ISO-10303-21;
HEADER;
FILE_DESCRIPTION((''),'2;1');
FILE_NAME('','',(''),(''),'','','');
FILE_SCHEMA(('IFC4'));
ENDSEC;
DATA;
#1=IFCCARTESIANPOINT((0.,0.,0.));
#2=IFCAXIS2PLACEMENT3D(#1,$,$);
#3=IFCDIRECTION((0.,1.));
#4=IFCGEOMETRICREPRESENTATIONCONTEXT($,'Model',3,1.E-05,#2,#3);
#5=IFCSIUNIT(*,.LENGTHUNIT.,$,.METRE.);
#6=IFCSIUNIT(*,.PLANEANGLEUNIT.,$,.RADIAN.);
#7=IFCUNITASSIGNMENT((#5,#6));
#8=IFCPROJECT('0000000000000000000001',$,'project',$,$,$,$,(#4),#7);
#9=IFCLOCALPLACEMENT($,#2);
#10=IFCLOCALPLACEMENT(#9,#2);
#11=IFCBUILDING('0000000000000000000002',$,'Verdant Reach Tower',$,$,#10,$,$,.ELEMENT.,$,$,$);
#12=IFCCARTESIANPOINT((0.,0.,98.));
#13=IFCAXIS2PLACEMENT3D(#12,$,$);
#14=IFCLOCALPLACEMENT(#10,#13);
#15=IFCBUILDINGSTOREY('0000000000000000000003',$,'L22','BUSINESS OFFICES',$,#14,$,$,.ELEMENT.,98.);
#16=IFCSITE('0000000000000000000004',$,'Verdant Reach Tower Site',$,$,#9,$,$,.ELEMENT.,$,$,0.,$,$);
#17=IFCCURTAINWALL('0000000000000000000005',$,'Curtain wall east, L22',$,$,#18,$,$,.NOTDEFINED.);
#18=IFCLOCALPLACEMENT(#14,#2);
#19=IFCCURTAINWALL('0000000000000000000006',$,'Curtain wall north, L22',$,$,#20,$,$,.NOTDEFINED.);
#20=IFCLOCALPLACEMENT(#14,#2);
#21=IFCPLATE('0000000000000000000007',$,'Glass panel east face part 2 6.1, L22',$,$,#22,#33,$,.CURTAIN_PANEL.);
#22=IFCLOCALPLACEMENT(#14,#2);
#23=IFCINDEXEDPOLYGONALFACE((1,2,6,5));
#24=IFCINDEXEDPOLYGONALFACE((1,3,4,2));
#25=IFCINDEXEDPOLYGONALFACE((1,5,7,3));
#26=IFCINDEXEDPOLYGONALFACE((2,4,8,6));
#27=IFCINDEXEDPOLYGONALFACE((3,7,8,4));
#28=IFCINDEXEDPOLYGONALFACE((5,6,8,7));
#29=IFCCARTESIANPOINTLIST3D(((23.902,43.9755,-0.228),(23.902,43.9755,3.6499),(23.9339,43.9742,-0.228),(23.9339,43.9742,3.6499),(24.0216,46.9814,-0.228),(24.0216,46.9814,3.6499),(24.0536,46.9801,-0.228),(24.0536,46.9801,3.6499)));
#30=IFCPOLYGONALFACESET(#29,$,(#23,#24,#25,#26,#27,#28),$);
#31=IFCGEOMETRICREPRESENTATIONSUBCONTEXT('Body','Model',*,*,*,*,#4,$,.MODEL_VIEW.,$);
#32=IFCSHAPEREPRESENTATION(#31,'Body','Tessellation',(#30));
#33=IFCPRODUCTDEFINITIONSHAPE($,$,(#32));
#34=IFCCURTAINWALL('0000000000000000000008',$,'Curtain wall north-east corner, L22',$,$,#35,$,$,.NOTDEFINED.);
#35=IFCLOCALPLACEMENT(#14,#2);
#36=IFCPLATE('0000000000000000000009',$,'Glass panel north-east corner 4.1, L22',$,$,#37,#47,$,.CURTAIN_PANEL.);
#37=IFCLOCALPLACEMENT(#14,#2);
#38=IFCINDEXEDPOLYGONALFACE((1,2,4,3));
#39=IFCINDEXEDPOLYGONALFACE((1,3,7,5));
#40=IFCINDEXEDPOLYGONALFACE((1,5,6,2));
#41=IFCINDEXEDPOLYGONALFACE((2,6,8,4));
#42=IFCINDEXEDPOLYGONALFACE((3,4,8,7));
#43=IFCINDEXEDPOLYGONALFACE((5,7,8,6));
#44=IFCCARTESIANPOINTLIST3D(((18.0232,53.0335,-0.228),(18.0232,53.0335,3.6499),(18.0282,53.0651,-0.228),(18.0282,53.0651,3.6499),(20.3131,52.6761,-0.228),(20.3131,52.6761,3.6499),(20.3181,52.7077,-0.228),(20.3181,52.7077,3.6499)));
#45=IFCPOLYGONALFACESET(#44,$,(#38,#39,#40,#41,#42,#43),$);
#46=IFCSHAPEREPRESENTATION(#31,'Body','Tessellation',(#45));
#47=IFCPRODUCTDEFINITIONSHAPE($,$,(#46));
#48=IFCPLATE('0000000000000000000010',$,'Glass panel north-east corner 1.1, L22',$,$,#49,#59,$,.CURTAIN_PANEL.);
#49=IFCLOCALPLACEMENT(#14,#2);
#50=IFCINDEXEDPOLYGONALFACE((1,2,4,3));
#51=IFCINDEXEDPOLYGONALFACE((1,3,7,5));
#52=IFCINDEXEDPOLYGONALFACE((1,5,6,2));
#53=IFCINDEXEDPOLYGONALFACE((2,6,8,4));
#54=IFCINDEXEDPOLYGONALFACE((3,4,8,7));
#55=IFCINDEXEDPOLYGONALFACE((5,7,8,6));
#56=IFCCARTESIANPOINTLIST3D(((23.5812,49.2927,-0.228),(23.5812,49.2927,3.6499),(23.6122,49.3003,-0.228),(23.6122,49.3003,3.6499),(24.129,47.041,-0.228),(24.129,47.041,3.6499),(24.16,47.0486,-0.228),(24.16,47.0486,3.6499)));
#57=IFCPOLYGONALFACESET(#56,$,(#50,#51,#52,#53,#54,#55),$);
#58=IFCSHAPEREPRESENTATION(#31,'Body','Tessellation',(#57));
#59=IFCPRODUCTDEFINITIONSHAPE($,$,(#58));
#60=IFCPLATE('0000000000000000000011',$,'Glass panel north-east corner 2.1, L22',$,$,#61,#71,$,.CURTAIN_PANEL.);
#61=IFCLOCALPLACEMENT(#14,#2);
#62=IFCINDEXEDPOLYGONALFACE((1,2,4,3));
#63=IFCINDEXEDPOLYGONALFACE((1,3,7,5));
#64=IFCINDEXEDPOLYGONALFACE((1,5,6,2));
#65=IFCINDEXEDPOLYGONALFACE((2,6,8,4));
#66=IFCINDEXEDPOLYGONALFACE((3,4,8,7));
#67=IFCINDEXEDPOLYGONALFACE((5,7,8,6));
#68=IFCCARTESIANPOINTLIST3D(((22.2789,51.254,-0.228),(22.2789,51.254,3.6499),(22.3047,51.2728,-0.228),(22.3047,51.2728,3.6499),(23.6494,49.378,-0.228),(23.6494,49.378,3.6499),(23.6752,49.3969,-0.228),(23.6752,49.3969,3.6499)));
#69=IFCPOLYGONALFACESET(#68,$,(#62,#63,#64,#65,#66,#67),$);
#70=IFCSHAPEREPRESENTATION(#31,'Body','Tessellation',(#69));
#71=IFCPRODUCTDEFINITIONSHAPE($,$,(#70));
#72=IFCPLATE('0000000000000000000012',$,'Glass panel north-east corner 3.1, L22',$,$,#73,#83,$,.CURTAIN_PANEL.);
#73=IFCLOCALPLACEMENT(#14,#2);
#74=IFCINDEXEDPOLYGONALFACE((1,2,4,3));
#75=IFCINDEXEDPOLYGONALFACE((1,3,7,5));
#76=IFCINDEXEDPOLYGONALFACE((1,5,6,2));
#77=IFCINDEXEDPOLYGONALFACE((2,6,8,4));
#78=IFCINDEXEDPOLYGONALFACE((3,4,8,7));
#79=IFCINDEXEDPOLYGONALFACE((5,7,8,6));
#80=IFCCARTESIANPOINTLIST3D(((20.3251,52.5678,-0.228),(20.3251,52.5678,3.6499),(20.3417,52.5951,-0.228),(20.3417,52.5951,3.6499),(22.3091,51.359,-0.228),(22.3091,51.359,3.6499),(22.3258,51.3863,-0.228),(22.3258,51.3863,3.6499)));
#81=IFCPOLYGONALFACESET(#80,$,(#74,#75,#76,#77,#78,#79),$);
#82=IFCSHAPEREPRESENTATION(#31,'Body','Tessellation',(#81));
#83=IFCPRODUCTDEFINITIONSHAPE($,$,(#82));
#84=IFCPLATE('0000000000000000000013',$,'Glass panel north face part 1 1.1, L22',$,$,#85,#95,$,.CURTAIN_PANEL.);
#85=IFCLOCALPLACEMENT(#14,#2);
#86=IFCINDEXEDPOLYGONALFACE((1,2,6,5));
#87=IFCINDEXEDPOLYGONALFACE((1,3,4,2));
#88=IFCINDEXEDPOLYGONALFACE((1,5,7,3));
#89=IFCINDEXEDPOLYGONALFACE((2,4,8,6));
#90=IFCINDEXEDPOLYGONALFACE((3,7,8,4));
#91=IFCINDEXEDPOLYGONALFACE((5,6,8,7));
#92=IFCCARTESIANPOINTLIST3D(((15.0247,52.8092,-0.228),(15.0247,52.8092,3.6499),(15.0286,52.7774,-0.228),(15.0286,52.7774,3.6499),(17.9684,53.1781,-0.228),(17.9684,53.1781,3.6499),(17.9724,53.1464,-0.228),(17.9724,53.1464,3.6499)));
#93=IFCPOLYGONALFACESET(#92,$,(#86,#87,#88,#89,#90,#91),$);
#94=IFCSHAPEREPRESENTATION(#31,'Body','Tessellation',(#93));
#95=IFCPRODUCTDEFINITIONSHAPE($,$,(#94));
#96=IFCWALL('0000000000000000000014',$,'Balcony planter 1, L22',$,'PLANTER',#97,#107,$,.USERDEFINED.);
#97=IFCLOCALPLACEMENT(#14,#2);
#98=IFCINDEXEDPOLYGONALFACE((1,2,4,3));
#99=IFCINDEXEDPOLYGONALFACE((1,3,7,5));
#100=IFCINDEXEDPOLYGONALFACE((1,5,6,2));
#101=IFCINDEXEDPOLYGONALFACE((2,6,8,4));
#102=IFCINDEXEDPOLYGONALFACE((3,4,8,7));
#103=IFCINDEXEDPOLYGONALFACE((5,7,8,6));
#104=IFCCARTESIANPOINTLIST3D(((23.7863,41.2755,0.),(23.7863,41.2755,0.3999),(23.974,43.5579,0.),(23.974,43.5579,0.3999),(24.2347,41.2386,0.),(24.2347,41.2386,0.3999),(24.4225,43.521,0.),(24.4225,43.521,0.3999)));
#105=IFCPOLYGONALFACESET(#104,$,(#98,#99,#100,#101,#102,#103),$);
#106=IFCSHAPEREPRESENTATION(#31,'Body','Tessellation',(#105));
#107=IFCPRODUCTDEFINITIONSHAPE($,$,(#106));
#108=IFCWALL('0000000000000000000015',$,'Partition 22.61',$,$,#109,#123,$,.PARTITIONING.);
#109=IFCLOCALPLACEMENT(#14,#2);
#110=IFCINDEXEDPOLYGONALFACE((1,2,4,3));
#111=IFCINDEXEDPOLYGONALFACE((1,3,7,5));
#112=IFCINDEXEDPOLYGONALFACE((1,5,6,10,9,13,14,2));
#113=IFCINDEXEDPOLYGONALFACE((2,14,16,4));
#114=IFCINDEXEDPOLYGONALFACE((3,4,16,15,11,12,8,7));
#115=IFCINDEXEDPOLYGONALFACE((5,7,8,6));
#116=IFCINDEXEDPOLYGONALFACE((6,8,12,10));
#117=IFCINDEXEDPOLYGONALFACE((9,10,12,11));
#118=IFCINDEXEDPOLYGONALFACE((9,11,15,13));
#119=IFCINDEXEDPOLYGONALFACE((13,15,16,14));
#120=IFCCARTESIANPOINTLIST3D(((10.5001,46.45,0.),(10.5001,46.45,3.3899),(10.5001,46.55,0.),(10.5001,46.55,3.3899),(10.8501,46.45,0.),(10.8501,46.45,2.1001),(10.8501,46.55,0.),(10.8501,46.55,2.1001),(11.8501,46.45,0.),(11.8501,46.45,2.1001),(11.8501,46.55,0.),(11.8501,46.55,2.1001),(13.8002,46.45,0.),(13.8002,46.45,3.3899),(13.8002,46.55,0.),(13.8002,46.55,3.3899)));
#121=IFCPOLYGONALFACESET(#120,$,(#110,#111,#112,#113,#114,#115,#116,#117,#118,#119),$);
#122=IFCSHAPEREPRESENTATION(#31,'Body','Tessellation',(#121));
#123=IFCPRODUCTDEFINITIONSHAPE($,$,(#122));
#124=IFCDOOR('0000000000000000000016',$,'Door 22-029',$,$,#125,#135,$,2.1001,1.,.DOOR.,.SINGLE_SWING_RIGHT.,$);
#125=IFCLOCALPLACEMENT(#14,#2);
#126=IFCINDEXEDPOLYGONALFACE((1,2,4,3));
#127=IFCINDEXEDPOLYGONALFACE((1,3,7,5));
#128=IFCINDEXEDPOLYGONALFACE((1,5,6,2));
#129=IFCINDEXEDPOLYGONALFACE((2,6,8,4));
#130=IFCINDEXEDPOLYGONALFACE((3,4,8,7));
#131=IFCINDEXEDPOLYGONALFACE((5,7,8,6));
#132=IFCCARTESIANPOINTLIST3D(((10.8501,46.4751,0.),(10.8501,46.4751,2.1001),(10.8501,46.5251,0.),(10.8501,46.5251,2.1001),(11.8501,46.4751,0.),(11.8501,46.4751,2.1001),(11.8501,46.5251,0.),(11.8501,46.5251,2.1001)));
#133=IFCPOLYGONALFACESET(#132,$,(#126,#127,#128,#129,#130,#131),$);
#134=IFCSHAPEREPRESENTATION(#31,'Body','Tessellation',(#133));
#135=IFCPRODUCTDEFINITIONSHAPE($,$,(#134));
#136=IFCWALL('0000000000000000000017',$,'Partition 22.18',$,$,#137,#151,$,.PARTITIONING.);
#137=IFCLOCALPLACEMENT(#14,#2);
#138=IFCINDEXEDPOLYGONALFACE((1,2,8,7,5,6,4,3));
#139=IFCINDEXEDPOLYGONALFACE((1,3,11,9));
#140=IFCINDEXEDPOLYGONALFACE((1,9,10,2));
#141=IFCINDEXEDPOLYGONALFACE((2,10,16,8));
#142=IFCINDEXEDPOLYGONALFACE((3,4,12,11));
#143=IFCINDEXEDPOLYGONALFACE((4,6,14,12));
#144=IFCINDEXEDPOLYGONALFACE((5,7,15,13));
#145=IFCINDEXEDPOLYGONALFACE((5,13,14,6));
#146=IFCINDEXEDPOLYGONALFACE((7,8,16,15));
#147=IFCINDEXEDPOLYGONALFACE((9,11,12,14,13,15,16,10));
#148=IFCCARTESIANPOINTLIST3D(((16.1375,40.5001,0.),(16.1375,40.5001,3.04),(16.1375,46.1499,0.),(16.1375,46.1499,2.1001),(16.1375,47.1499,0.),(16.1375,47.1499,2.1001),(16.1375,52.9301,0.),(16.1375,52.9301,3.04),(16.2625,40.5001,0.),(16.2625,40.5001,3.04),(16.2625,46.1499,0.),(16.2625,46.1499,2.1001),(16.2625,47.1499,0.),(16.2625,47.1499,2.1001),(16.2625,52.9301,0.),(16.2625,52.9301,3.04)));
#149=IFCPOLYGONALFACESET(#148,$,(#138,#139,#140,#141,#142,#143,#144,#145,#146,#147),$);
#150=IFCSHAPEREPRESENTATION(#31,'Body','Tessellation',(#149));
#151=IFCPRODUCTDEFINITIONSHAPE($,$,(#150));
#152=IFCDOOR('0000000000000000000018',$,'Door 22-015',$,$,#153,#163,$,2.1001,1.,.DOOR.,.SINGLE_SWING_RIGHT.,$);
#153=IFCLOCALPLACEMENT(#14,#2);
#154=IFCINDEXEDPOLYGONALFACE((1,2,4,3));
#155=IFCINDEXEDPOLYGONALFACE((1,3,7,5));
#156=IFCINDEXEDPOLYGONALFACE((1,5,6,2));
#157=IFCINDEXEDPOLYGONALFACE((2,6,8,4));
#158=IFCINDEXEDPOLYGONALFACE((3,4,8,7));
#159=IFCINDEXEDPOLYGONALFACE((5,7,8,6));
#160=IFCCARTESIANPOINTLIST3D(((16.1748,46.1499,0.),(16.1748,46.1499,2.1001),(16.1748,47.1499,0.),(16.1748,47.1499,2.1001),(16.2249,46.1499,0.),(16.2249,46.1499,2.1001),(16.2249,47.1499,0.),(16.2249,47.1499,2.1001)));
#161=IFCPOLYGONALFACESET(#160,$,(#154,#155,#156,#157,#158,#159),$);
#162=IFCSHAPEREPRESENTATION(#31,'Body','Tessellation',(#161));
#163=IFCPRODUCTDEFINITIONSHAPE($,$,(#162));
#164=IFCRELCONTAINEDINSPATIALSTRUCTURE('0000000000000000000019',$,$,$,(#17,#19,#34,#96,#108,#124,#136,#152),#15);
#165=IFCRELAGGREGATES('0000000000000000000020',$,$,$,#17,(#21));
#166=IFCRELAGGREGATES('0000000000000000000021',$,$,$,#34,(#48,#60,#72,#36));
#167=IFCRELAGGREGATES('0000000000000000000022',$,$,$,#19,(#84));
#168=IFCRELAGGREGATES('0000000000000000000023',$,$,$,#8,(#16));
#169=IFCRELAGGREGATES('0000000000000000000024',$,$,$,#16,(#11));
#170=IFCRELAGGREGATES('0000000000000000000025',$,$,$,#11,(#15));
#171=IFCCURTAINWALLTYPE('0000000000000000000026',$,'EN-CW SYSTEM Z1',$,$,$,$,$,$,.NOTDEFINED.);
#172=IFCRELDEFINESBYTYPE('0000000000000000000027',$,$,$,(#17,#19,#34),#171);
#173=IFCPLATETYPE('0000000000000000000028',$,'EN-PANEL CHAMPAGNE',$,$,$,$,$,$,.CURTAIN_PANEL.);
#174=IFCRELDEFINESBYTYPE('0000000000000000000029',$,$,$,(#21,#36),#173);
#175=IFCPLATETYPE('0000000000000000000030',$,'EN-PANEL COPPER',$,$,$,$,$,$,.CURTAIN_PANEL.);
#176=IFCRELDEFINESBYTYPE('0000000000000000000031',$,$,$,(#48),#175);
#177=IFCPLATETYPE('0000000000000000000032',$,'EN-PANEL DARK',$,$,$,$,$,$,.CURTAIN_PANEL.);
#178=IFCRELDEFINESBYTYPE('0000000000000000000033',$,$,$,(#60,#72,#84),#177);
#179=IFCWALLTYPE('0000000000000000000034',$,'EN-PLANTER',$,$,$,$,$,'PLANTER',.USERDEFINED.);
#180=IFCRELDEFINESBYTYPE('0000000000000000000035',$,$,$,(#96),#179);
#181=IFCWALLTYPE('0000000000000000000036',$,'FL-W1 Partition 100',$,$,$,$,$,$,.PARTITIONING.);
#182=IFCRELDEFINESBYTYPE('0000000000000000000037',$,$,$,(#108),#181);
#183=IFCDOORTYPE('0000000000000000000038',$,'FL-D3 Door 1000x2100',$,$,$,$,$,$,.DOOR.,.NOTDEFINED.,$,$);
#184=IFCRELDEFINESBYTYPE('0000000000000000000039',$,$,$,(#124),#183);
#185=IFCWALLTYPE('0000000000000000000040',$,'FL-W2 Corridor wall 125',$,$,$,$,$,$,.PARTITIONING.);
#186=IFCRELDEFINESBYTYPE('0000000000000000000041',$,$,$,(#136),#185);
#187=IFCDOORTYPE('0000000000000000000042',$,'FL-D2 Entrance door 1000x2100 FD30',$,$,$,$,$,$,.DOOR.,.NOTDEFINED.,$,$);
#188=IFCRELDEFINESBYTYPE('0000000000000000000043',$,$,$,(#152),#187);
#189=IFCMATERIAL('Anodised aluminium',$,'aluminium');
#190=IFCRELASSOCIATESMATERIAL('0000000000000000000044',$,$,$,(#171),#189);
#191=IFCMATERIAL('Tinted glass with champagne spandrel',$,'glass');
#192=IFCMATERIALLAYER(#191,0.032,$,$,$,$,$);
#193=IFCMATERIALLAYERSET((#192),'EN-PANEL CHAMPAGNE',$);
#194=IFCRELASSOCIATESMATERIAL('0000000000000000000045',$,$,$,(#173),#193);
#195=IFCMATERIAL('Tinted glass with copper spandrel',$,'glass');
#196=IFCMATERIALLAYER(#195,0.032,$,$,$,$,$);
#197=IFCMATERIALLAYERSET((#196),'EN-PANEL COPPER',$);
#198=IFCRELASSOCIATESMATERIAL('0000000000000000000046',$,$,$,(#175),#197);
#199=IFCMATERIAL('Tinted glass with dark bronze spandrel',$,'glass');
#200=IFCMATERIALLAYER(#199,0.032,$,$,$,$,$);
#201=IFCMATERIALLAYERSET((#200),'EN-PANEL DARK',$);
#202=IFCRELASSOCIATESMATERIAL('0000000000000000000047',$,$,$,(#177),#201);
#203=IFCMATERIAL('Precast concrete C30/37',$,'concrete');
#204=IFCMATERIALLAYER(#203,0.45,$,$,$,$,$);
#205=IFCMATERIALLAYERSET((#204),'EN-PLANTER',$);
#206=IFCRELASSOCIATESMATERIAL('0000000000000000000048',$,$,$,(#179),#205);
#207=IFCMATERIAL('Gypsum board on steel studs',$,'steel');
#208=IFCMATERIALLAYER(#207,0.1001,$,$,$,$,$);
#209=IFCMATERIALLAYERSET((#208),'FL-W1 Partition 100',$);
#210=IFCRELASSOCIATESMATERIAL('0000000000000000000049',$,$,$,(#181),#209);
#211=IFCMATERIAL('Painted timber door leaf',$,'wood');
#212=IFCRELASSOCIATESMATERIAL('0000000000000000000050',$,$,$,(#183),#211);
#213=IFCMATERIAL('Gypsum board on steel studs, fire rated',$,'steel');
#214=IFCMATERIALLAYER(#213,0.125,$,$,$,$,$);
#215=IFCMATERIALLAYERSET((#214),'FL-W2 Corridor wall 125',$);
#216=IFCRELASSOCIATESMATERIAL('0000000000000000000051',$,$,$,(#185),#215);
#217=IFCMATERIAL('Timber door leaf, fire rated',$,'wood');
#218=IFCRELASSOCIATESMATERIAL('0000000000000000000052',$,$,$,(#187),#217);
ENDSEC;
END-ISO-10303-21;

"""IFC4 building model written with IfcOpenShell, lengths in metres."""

from ifc_helpers import new_model, si_unit, direction, frame, frame_2d, origin, origin_2d, place, context, subcontext, project, spatial, rectangle, extrude, material, layer, layer_set, type_object, element, fill, aggregate, save


model = new_model("IFC4")

# Units and contexts
model_context = context("Model", 3, precision=1e-05, world=origin(), true_north=direction((0.0, 1.0)))
body_context = subcontext(model_context, "Body", "Model", "MODEL_VIEW")
ifc_project = project(units=[si_unit("LENGTHUNIT", "METRE"), si_unit("PLANEANGLEUNIT", "RADIAN")], contexts=[model_context])

# Site, building, storey
site_placement = place(None, origin())
site = spatial("IfcSite", under=ifc_project, at=site_placement, Name="Verdant Reach Tower Site", CompositionType="ELEMENT", RefElevation=0.0)
building_placement = place(site_placement, origin())
building = spatial("IfcBuilding", under=site, at=building_placement, Name="Verdant Reach Tower", CompositionType="ELEMENT")
storey_placement = place(building_placement, frame((0.0, 0.0, 98.0)))
storey = spatial("IfcBuildingStorey", under=building, at=storey_placement, Name="L22", Description="BUSINESS OFFICES", CompositionType="ELEMENT", Elevation=98.0)

# Curtain walls
ifc_material_1 = material(Name="Anodised aluminium", Category="aluminium")
curtain_wall_type = type_object("IfcCurtainWallType", Name="EN-CW SYSTEM Z1", PredefinedType="NOTDEFINED", material=ifc_material_1)
curtain_wall_1_placement = place(storey_placement, origin())
curtain_wall_1 = element("IfcCurtainWall", 1, at=curtain_wall_1_placement, inside=storey, type_object=curtain_wall_type, Name="Curtain wall east, L22", PredefinedType="NOTDEFINED")
curtain_wall_2_placement = place(storey_placement, origin())
curtain_wall_2 = element("IfcCurtainWall", 2, at=curtain_wall_2_placement, inside=storey, type_object=curtain_wall_type, Name="Curtain wall north, L22", PredefinedType="NOTDEFINED")

# Plate
ifc_material_2 = material(Name="Tinted glass with champagne spandrel", Category="glass")
ifc_layer_1 = layer(ifc_material_2, 0.032)
ifc_layer_set_1 = layer_set([ifc_layer_1], Name="EN-PANEL CHAMPAGNE")
plate_type_1 = type_object("IfcPlateType", Name="EN-PANEL CHAMPAGNE", PredefinedType="CURTAIN_PANEL", material=ifc_layer_set_1)
plate_1_placement = place(storey_placement, frame((23.9778, 45.4778, -0.228), z_axis=(0.0, 0.0, 1.0), x_axis=(0.039784, 0.999208, 0.0)))
plate_1 = element("IfcPlate", 3, at=plate_1_placement, type_object=plate_type_1, Name="Glass panel east face part 2 6.1, L22", PredefinedType="CURTAIN_PANEL", context=body_context, shape_type="SweptSolid", body=[
    extrude(rectangle(XDim=3.0083, YDim=0.032, at=origin_2d()), origin(), (0.0, 0.0, 1.0), 3.8779),
])
aggregate(curtain_wall_1, [plate_1])

# Curtain wall, plates
curtain_wall_3_placement = place(storey_placement, origin())
curtain_wall_3 = element("IfcCurtainWall", 4, at=curtain_wall_3_placement, inside=storey, type_object=curtain_wall_type, Name="Curtain wall north-east corner, L22", PredefinedType="NOTDEFINED")
plate_2_placement = place(storey_placement, frame((19.1707, 52.8706, -0.228), z_axis=(0.0, 0.0, 1.0), x_axis=(-0.988033, 0.154245, 0.0)))
plate_2 = element("IfcPlate", 5, at=plate_2_placement, type_object=plate_type_1, Name="Glass panel north-east corner 4.1, L22", PredefinedType="CURTAIN_PANEL", context=body_context, shape_type="SweptSolid", body=[
    extrude(rectangle(XDim=2.3176, YDim=0.032, at=origin_2d()), origin(), (0.0, 0.0, 1.0), 3.8779),
])
ifc_material_3 = material(Name="Tinted glass with copper spandrel", Category="glass")
ifc_layer_2 = layer(ifc_material_3, 0.032)
ifc_layer_set_2 = layer_set([ifc_layer_2], Name="EN-PANEL COPPER")
plate_type_2 = type_object("IfcPlateType", Name="EN-PANEL COPPER", PredefinedType="CURTAIN_PANEL", material=ifc_layer_set_2)
plate_3_placement = place(storey_placement, frame((23.8706, 48.1707, -0.228), z_axis=(0.0, 0.0, 1.0), x_axis=(-0.236383, 0.97166, 0.0)))
plate_3 = element("IfcPlate", 6, at=plate_3_placement, type_object=plate_type_2, Name="Glass panel north-east corner 1.1, L22", PredefinedType="CURTAIN_PANEL", context=body_context, shape_type="SweptSolid", body=[
    extrude(rectangle(XDim=2.3174, YDim=0.032, at=origin_2d()), origin(), (0.0, 0.0, 1.0), 3.8779),
])
ifc_material_4 = material(Name="Tinted glass with dark bronze spandrel", Category="glass")
ifc_layer_3 = layer(ifc_material_4, 0.032)
ifc_layer_set_3 = layer_set([ifc_layer_3], Name="EN-PANEL DARK")
plate_type_3 = type_object("IfcPlateType", Name="EN-PANEL DARK", PredefinedType="CURTAIN_PANEL", material=ifc_layer_set_3)
plate_4_placement = place(storey_placement, frame((22.9771, 50.3254, -0.228), z_axis=(0.0, 0.0, 1.0), x_axis=(-0.589927, 0.807457, 0.0)))
plate_4 = element("IfcPlate", 7, at=plate_4_placement, type_object=plate_type_3, Name="Glass panel north-east corner 2.1, L22", PredefinedType="CURTAIN_PANEL", context=body_context, shape_type="SweptSolid", body=[
    extrude(rectangle(XDim=2.3232, YDim=0.032, at=origin_2d()), origin(), (0.0, 0.0, 1.0), 3.8779),
])
plate_5_placement = place(storey_placement, frame((21.3254, 51.9771, -0.228), z_axis=(0.0, 0.0, 1.0), x_axis=(-0.853989, 0.520292, 0.0)))
plate_5 = element("IfcPlate", 8, at=plate_5_placement, type_object=plate_type_3, Name="Glass panel north-east corner 3.1, L22", PredefinedType="CURTAIN_PANEL", context=body_context, shape_type="SweptSolid", body=[
    extrude(rectangle(XDim=2.3232, YDim=0.032, at=origin_2d()), origin(), (0.0, 0.0, 1.0), 3.8779),
])
aggregate(curtain_wall_3, [plate_3, plate_4, plate_5, plate_2])

# Plate
plate_6_placement = place(storey_placement, frame((16.4985, 52.9778, -0.228), z_axis=(0.0, 0.0, 1.0), x_axis=(-0.992235, -0.124374, 0.0)))
plate_6 = element("IfcPlate", 9, at=plate_6_placement, type_object=plate_type_3, Name="Glass panel north face part 1 1.1, L22", PredefinedType="CURTAIN_PANEL", context=body_context, shape_type="SweptSolid", body=[
    extrude(rectangle(XDim=2.9668, YDim=0.032, at=origin_2d()), origin(), (0.0, 0.0, 1.0), 3.8779),
])
aggregate(curtain_wall_2, [plate_6])

# Wall
ifc_material_5 = material(Name="Precast concrete C30/37", Category="concrete")
ifc_layer_4 = layer(ifc_material_5, 0.45)
ifc_layer_set_4 = layer_set([ifc_layer_4], Name="EN-PLANTER")
wall_type_1 = type_object("IfcWallType", Name="EN-PLANTER", ElementType="PLANTER", PredefinedType="USERDEFINED", material=ifc_layer_set_4)
wall_1_placement = place(storey_placement, frame((24.0105, 41.2571, 0.0), z_axis=(0.0, 0.0, 1.0), x_axis=(0.081987, 0.996633, 0.0)))
element("IfcWall", 10, at=wall_1_placement, inside=storey, type_object=wall_type_1, Name="Balcony planter 1, L22", ObjectType="PLANTER", PredefinedType="USERDEFINED", context=body_context, shape_type="SweptSolid", body=[
    extrude(rectangle(XDim=2.29, YDim=0.45, at=frame_2d((1.145, 0.0))), origin(), (0.0, 0.0, 1.0), 0.3999),
])

# Walls, openings, doors
ifc_material_6 = material(Name="Gypsum board on steel studs", Category="steel")
ifc_layer_5 = layer(ifc_material_6, 0.1001)
ifc_layer_set_5 = layer_set([ifc_layer_5], Name="FL-W1 Partition 100")
wall_type_2 = type_object("IfcWallType", Name="FL-W1 Partition 100", PredefinedType="PARTITIONING", material=ifc_layer_set_5)
wall_2_placement = place(storey_placement, frame((13.8, 46.5, 0.0), z_axis=(0.0, 0.0, 1.0), x_axis=(-1.0, 0.0, 0.0)))
wall_2 = element("IfcWall", 11, at=wall_2_placement, inside=storey, type_object=wall_type_2, Name="Partition 22.61", PredefinedType="PARTITIONING", context=body_context, shape_type="SweptSolid", body=[
    extrude(rectangle(XDim=3.3, YDim=0.1001, at=frame_2d((1.6499, 0.0))), origin(), (0.0, 0.0, 1.0), 3.3899),
])
opening_1_placement = place(wall_2_placement, frame((1.95, 0.0, 0.0)))
opening_1 = element("IfcOpeningElement", 12, at=opening_1_placement, cuts=wall_2, PredefinedType="OPENING", context=body_context, shape_type="SweptSolid", body=[
    extrude(rectangle(XDim=1.0, YDim=2.1001, at=frame_2d((0.5, 1.05))), frame((0.0, 0.0601, 0.0), z_axis=(0.0, -1.0, 0.0), x_axis=(1.0, 0.0, 0.0)), (0.0, 0.0, 1.0), 0.1201),
])
ifc_material_7 = material(Name="Painted timber door leaf", Category="wood")
door_type_1 = type_object("IfcDoorType", Name="FL-D3 Door 1000x2100", OperationType="NOTDEFINED", PredefinedType="DOOR", material=ifc_material_7)
door_1_placement = place(opening_1_placement, origin())
door_1 = element("IfcDoor", 13, at=door_1_placement, inside=storey, type_object=door_type_1, Name="Door 22-029", OperationType="SINGLE_SWING_RIGHT", OverallHeight=2.1001, OverallWidth=1.0, PredefinedType="DOOR", context=body_context, shape_type="SweptSolid", body=[
    extrude(rectangle(XDim=1.0, YDim=2.1001, at=frame_2d((0.5, 1.05))), frame((0.0, 0.0249, 0.0), z_axis=(0.0, -1.0, 0.0), x_axis=(1.0, 0.0, 0.0)), (0.0, 0.0, 1.0), 0.05),
])
fill(opening_1, door_1)
ifc_material_8 = material(Name="Gypsum board on steel studs, fire rated", Category="steel")
ifc_layer_6 = layer(ifc_material_8, 0.125)
ifc_layer_set_6 = layer_set([ifc_layer_6], Name="FL-W2 Corridor wall 125")
wall_type_3 = type_object("IfcWallType", Name="FL-W2 Corridor wall 125", PredefinedType="PARTITIONING", material=ifc_layer_set_6)
wall_3_placement = place(storey_placement, frame((16.2, 52.9299, 0.0), z_axis=(0.0, 0.0, 1.0), x_axis=(0.0, -1.0, 0.0)))
wall_3 = element("IfcWall", 14, at=wall_3_placement, inside=storey, type_object=wall_type_3, Name="Partition 22.18", PredefinedType="PARTITIONING", context=body_context, shape_type="SweptSolid", body=[
    extrude(rectangle(XDim=12.4299, YDim=0.125, at=frame_2d((6.2148, 0.0))), origin(), (0.0, 0.0, 1.0), 3.04),
])
opening_2_placement = place(wall_3_placement, frame((5.78, 0.0, 0.0)))
opening_2 = element("IfcOpeningElement", 15, at=opening_2_placement, cuts=wall_3, PredefinedType="OPENING", context=body_context, shape_type="SweptSolid", body=[
    extrude(rectangle(XDim=1.0, YDim=2.1001, at=frame_2d((0.5, 1.05))), frame((0.0, 0.0725, 0.0), z_axis=(0.0, -1.0, 0.0), x_axis=(1.0, 0.0, 0.0)), (0.0, 0.0, 1.0), 0.145),
])
ifc_material_9 = material(Name="Timber door leaf, fire rated", Category="wood")
door_type_2 = type_object("IfcDoorType", Name="FL-D2 Entrance door 1000x2100 FD30", OperationType="NOTDEFINED", PredefinedType="DOOR", material=ifc_material_9)
door_2_placement = place(opening_2_placement, origin())
door_2 = element("IfcDoor", 16, at=door_2_placement, inside=storey, type_object=door_type_2, Name="Door 22-015", OperationType="SINGLE_SWING_RIGHT", OverallHeight=2.1001, OverallWidth=1.0, PredefinedType="DOOR", context=body_context, shape_type="SweptSolid", body=[
    extrude(rectangle(XDim=1.0, YDim=2.1001, at=frame_2d((0.5, 1.05))), frame((0.0, 0.0249, 0.0), z_axis=(0.0, -1.0, 0.0), x_axis=(1.0, 0.0, 0.0)), (0.0, 0.0, 1.0), 0.05),
])
fill(opening_2, door_2)

save(model, "model.ifc")
